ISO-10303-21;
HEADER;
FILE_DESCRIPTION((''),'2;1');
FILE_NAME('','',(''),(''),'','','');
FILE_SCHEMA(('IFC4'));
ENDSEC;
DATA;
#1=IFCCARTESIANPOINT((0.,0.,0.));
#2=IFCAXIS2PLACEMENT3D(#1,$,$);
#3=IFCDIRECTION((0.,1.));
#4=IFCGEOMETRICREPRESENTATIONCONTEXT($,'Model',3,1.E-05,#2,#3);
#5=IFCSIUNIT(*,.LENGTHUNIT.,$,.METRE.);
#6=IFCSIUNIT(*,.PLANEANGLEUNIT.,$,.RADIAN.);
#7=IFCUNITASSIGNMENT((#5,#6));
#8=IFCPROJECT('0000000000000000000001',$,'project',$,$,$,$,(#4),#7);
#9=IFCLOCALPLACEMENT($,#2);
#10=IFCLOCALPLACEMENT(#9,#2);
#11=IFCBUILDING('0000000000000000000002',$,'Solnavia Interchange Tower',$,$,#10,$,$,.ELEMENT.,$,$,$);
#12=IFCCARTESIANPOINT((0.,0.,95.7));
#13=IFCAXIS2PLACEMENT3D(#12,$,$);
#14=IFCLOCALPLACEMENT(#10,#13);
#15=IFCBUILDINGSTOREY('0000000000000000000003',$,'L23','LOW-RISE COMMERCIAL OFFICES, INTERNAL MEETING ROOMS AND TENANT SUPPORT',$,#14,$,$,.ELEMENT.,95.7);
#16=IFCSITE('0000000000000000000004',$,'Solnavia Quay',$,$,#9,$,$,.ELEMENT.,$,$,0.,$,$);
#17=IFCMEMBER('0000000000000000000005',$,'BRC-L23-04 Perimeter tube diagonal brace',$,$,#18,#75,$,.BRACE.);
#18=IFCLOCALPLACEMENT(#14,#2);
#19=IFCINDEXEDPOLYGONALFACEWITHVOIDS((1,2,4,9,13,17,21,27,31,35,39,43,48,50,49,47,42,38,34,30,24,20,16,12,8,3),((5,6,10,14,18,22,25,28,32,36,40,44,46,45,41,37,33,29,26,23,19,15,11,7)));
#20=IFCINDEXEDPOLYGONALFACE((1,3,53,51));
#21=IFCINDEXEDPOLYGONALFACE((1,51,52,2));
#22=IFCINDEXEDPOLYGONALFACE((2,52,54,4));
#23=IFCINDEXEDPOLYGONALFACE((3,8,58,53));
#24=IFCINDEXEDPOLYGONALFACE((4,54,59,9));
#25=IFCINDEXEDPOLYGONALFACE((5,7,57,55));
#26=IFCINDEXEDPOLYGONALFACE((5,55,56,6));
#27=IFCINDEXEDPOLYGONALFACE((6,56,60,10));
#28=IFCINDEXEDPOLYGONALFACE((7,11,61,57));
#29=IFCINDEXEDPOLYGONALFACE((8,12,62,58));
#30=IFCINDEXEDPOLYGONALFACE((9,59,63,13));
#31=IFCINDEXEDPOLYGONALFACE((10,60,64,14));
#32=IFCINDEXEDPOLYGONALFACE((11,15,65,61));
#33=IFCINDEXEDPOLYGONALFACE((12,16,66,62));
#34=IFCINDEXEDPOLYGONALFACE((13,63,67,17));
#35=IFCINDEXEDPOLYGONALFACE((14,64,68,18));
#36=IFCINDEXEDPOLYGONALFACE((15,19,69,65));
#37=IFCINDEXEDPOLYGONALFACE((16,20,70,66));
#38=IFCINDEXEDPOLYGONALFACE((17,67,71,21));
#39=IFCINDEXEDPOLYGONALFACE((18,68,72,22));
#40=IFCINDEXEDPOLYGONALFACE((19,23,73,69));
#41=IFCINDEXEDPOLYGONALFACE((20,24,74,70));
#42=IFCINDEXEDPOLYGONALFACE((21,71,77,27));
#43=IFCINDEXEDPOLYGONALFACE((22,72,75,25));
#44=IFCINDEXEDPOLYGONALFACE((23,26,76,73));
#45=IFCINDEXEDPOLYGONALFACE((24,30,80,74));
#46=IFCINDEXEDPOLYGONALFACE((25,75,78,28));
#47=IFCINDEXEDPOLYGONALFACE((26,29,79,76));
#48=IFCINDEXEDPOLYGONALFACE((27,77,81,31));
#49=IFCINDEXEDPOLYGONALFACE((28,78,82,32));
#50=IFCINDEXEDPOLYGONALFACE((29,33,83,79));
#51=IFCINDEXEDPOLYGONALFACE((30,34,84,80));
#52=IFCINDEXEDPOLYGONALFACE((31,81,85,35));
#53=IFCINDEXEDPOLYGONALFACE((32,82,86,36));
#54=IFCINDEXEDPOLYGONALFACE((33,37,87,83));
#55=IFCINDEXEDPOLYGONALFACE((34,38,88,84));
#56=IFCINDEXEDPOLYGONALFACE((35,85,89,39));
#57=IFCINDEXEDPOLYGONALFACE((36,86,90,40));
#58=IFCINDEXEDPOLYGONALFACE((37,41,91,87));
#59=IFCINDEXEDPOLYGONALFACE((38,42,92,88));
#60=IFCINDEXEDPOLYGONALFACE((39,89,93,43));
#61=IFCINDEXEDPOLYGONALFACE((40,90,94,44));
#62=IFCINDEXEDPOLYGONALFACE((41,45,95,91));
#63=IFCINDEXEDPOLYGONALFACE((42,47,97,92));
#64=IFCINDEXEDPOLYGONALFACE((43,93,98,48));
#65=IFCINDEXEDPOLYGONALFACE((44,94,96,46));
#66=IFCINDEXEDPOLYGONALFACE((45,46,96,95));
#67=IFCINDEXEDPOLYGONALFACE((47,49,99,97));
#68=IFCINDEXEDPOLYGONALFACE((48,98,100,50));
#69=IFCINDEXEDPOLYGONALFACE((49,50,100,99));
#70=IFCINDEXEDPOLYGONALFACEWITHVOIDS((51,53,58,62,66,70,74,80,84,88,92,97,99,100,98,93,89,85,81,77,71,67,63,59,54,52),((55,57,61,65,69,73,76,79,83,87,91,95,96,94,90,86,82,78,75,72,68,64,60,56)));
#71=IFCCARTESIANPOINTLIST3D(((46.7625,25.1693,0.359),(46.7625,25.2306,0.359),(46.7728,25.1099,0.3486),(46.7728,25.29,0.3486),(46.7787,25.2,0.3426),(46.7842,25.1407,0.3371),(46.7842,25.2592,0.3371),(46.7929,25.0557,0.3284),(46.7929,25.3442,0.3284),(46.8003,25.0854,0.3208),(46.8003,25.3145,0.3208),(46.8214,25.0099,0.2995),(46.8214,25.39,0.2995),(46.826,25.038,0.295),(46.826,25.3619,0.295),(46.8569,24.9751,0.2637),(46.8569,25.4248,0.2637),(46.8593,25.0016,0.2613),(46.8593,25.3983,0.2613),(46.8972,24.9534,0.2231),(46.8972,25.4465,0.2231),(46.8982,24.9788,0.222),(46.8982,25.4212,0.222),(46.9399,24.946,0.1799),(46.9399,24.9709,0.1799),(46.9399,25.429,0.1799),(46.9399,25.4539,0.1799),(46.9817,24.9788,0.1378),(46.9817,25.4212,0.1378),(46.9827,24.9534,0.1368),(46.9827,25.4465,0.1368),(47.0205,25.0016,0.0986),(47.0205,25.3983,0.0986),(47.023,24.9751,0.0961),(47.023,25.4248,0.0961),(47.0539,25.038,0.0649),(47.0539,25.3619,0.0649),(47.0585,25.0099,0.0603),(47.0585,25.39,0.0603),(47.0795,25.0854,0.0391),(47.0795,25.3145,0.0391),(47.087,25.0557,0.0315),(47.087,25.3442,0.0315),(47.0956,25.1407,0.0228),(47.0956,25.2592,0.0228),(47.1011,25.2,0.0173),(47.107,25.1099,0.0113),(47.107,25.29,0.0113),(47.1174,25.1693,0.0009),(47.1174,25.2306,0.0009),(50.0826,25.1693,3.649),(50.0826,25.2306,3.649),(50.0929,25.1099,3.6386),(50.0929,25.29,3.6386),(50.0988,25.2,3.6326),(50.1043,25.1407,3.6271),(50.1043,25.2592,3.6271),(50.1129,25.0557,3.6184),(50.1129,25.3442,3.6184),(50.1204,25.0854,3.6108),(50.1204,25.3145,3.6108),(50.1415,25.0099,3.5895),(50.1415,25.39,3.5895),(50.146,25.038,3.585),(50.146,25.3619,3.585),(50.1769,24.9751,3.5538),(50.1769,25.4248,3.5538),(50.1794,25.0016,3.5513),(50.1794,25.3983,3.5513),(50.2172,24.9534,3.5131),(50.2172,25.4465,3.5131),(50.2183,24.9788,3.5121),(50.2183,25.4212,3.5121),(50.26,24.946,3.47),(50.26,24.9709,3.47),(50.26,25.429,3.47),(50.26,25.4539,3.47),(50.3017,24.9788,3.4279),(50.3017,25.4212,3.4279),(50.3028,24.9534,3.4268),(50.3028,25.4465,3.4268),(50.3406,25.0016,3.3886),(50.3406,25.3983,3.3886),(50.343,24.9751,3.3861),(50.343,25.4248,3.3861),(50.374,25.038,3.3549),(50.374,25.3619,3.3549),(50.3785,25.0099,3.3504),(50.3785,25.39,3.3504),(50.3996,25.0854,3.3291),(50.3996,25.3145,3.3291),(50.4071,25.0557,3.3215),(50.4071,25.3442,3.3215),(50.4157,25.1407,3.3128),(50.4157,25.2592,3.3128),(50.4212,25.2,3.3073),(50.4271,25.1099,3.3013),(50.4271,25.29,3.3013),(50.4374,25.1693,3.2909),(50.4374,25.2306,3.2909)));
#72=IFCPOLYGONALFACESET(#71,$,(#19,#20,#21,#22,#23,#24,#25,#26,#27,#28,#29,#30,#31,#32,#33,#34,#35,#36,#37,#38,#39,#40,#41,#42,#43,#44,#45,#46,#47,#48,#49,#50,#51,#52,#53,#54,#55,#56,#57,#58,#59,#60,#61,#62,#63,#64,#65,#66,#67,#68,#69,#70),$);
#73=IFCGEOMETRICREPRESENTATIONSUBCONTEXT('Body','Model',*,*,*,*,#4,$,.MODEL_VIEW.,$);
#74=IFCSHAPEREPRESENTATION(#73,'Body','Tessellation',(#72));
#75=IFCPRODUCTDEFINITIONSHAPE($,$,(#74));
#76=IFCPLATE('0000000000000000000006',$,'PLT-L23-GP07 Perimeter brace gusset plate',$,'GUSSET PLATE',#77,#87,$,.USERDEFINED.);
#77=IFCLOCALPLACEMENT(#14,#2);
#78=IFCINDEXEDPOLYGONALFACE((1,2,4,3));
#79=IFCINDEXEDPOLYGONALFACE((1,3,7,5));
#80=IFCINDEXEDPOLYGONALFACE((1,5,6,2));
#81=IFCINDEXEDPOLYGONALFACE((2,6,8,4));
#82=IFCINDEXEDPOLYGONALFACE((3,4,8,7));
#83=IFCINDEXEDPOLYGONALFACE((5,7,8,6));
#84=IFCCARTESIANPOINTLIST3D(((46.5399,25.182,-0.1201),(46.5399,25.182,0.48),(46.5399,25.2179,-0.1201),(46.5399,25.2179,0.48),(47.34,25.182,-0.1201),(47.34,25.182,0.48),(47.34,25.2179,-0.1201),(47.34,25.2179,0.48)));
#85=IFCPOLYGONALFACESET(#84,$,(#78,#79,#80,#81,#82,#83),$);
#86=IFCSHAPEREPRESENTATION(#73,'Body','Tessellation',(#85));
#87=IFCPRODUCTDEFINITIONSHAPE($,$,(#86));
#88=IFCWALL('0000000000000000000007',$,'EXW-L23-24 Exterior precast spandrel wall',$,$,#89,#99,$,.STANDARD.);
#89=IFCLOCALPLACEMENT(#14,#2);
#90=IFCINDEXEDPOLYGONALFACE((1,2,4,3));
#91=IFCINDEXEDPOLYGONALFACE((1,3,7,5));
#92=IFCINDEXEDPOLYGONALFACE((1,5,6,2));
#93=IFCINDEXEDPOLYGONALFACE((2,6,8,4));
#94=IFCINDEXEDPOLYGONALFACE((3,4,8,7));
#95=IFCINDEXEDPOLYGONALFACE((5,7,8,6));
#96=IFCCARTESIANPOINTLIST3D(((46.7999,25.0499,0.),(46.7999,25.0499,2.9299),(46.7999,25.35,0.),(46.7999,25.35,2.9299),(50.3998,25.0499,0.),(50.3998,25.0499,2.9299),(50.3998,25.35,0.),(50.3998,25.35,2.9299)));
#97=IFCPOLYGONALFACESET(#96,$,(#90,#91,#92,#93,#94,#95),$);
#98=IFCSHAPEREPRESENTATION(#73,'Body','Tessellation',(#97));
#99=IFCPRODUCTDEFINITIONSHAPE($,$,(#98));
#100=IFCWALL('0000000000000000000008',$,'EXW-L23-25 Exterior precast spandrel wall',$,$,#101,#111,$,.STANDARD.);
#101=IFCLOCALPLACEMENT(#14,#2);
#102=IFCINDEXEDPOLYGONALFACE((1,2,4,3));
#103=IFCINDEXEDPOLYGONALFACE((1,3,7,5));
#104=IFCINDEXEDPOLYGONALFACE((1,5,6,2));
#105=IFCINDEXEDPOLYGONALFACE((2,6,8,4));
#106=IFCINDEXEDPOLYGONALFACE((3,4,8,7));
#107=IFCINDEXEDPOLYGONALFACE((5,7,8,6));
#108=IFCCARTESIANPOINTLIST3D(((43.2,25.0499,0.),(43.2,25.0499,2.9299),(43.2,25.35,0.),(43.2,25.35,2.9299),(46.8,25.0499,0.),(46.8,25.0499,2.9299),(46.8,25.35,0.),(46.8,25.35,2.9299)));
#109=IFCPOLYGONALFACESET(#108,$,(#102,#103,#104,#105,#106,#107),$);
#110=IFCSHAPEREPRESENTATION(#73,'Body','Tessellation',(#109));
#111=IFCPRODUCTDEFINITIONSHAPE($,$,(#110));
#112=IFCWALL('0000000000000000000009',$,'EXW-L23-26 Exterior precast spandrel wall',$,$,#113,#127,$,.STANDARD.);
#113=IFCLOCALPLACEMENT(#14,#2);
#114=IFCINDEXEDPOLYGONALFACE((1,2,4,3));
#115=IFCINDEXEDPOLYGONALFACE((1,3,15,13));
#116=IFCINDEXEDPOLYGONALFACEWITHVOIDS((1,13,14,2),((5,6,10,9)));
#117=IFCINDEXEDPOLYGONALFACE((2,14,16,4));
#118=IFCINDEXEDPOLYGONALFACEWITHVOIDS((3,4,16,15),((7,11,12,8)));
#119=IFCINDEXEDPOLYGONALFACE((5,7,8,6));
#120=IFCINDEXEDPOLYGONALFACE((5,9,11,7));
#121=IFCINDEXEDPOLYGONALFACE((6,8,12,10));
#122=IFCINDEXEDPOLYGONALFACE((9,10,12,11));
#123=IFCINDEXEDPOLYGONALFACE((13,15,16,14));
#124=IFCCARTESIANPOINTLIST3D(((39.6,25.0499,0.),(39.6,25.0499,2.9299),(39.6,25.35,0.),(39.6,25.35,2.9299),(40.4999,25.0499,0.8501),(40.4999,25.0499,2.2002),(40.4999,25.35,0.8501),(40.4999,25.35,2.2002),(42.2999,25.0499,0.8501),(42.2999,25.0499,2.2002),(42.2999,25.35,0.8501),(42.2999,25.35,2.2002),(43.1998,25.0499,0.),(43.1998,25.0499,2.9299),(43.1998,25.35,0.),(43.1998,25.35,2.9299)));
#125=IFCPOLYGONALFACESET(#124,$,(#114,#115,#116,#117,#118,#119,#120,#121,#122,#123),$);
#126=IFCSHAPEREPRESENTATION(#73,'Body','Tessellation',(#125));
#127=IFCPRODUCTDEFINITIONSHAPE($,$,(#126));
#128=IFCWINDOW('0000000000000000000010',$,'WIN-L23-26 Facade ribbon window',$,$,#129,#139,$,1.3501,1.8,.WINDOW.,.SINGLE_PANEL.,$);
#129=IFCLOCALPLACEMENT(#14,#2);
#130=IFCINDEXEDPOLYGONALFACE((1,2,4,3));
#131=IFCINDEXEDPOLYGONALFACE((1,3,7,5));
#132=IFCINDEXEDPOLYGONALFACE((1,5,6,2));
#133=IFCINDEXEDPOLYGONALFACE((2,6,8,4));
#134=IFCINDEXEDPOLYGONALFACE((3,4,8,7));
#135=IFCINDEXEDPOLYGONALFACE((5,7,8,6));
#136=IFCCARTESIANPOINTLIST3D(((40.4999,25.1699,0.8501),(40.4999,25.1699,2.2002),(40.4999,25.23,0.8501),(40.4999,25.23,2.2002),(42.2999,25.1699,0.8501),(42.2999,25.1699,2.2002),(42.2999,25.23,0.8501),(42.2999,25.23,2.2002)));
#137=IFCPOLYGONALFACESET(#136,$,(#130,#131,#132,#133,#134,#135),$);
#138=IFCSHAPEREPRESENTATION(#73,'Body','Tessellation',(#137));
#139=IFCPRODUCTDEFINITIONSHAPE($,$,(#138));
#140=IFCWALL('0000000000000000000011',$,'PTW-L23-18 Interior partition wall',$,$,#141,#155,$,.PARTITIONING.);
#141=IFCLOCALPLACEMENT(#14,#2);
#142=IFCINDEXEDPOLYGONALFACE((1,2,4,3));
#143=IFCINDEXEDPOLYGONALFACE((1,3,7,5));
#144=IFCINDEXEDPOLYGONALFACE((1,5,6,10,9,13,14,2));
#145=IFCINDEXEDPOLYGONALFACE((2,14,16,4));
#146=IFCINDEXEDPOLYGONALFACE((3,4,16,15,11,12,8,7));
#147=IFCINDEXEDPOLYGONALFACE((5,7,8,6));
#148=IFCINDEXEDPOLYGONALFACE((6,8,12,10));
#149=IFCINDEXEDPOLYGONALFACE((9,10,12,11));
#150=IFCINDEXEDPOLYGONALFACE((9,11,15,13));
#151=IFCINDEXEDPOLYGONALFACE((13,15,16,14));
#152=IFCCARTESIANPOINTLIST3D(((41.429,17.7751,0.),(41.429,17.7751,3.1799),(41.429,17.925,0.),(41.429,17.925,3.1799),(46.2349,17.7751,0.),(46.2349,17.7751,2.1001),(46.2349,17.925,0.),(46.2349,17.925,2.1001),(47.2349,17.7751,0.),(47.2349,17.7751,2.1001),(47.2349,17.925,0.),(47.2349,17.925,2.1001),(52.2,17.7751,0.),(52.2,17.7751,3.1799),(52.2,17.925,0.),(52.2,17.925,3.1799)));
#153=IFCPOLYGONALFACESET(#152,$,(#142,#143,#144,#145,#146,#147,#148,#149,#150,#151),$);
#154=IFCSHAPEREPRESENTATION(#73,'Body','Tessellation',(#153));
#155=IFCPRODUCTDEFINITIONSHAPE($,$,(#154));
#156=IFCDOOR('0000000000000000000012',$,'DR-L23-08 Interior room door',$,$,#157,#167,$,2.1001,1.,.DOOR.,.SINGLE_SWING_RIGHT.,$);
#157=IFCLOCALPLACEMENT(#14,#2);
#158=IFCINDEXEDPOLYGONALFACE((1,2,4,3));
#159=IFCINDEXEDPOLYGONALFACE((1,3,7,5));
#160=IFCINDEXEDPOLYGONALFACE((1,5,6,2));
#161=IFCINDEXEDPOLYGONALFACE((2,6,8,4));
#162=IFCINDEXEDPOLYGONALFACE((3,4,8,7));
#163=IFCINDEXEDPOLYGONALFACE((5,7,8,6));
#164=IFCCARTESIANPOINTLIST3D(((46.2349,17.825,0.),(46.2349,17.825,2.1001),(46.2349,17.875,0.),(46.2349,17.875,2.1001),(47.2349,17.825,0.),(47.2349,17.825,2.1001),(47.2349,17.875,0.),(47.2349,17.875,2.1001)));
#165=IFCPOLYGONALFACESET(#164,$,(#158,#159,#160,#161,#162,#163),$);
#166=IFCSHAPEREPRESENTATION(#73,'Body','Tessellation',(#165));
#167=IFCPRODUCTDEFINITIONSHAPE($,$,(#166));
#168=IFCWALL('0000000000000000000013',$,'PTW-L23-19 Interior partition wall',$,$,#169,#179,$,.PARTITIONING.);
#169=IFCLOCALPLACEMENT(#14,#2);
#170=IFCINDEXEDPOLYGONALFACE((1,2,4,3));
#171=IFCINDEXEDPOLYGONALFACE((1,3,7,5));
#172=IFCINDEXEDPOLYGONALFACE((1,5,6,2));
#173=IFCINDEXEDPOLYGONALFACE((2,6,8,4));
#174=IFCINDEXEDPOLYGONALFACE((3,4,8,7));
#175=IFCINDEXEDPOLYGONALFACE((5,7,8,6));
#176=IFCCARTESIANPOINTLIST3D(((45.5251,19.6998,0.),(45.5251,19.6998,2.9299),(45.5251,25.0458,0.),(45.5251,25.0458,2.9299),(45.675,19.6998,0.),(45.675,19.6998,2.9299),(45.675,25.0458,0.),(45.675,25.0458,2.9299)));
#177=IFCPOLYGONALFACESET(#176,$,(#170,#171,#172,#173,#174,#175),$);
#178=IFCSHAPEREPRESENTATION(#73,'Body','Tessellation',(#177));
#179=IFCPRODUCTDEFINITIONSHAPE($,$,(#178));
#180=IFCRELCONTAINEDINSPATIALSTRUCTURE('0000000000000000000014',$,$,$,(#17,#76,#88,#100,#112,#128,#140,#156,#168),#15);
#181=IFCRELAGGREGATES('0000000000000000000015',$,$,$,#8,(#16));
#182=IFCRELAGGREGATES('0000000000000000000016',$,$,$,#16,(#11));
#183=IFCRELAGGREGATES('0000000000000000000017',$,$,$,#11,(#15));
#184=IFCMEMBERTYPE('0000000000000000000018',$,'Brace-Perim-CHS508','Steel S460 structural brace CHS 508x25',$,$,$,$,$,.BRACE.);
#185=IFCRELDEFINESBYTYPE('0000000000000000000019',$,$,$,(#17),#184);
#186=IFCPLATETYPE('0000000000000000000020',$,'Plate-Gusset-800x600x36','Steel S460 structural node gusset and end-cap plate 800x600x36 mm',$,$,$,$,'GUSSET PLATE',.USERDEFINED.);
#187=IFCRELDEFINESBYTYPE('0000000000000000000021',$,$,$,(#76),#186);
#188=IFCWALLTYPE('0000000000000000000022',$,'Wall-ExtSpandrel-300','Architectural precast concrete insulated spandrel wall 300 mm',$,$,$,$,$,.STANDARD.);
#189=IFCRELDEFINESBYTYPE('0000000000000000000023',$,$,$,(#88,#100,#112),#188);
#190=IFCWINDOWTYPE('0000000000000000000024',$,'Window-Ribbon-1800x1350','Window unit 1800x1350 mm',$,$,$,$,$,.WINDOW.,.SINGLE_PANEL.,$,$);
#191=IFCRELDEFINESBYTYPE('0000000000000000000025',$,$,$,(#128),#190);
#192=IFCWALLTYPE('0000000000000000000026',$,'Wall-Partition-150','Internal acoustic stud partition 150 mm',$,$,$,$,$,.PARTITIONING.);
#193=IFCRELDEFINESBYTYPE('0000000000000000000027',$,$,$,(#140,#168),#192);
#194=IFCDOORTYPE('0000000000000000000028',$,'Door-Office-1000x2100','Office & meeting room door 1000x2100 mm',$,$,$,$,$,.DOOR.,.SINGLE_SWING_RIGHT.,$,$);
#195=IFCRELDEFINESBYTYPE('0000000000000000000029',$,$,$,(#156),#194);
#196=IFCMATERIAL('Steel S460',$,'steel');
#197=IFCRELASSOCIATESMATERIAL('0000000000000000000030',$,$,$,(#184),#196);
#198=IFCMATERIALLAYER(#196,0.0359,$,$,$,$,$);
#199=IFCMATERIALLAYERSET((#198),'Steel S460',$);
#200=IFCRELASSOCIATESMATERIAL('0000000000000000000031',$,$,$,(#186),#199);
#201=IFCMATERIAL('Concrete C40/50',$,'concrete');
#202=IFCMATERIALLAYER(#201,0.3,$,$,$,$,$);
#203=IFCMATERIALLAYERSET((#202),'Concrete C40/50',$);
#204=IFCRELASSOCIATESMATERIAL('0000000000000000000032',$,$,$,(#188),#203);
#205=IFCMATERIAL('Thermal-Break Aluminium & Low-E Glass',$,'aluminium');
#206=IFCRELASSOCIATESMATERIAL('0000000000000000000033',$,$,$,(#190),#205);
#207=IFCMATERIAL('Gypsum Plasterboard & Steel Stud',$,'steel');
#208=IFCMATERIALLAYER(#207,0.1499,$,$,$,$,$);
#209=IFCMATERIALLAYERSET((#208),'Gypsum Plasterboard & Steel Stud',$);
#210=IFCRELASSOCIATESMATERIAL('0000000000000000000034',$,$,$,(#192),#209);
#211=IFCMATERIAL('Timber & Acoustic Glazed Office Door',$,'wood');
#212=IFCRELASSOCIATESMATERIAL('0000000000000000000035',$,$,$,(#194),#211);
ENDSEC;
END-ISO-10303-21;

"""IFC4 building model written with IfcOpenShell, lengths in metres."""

from ifc_helpers import new_model, si_unit, direction, frame, frame_2d, origin, origin_2d, place, context, subcontext, project, spatial, rectangle, hollow_circle, extrude, material, layer, layer_set, material_profile, profile_set, type_object, element, fill, save


model = new_model("IFC4")

# Units and contexts
model_context = context("Model", 3, precision=1e-05, world=origin(), true_north=direction((0.0, 1.0)))
body_context = subcontext(model_context, "Body", "Model", "MODEL_VIEW")
ifc_project = project(units=[si_unit("LENGTHUNIT", "METRE"), si_unit("PLANEANGLEUNIT", "RADIAN")], contexts=[model_context])

# Site, building, storey
site_placement = place(None, origin())
site = spatial("IfcSite", under=ifc_project, at=site_placement, Name="Solnavia Quay", CompositionType="ELEMENT", RefElevation=0.0)
building_placement = place(site_placement, origin())
building = spatial("IfcBuilding", under=site, at=building_placement, Name="Solnavia Interchange Tower", CompositionType="ELEMENT")
storey_placement = place(building_placement, frame((0.0, 0.0, 95.7)))
storey = spatial("IfcBuildingStorey", under=building, at=storey_placement, Name="L23", Description="LOW-RISE COMMERCIAL OFFICES, INTERNAL MEETING ROOMS AND TENANT SUPPORT", CompositionType="ELEMENT", Elevation=95.7)

# Member
ifc_material_1 = material(Name="Steel S460", Category="steel")
ifc_material_profile_1 = material_profile(ifc_material_1, hollow_circle(Radius=0.2539, WallThickness=0.0249, at=origin_2d()), Name="CHS 508x25")
ifc_profile_set_1 = profile_set([ifc_material_profile_1], Name="Steel S460")
member_type = type_object("IfcMemberType", Name="Brace-Perim-CHS508", Description="Steel S460 structural brace CHS 508x25", PredefinedType="BRACE", material=ifc_profile_set_1)
member_placement = place(storey_placement, frame((46.9399, 25.2, 0.1799), z_axis=(0.710312, 0.0, 0.703887), x_axis=(0.0, 1.0, 0.0)))
element("IfcMember", 1, at=member_placement, inside=storey, type_object=member_type, Name="BRC-L23-04 Perimeter tube diagonal brace", PredefinedType="BRACE", context=body_context, shape_type="SweptSolid", body=[
    extrude(hollow_circle(Radius=0.2539, WallThickness=0.0249, at=origin_2d()), origin(), (0.0, 0.0, 1.0), 4.6741),
])

# Plate
ifc_layer_1 = layer(ifc_material_1, 0.0359)
ifc_layer_set_1 = layer_set([ifc_layer_1], Name="Steel S460")
plate_type = type_object("IfcPlateType", Name="Plate-Gusset-800x600x36", Description="Steel S460 structural node gusset and end-cap plate 800x600x36 mm", ElementType="GUSSET PLATE", PredefinedType="USERDEFINED", material=ifc_layer_set_1)
plate_placement = place(storey_placement, frame((46.9399, 25.2, -0.1201), z_axis=(0.0, 0.0, 1.0), x_axis=(1.0, 0.0, 0.0)))
element("IfcPlate", 2, at=plate_placement, inside=storey, type_object=plate_type, Name="PLT-L23-GP07 Perimeter brace gusset plate", ObjectType="GUSSET PLATE", PredefinedType="USERDEFINED", context=body_context, shape_type="SweptSolid", body=[
    extrude(rectangle(XDim=0.8, YDim=0.0359, at=origin_2d()), origin(), (0.0, 0.0, 1.0), 0.6001),
])

# Walls
ifc_material_2 = material(Name="Concrete C40/50", Category="concrete")
ifc_layer_2 = layer(ifc_material_2, 0.3)
ifc_layer_set_2 = layer_set([ifc_layer_2], Name="Concrete C40/50")
wall_type_1 = type_object("IfcWallType", Name="Wall-ExtSpandrel-300", Description="Architectural precast concrete insulated spandrel wall 300 mm", PredefinedType="STANDARD", material=ifc_layer_set_2)
wall_1_placement = place(storey_placement, frame((46.8, 25.2, 0.0), z_axis=(0.0, 0.0, 1.0), x_axis=(1.0, 0.0, 0.0)))
element("IfcWall", 3, at=wall_1_placement, inside=storey, type_object=wall_type_1, Name="EXW-L23-24 Exterior precast spandrel wall", PredefinedType="STANDARD", context=body_context, shape_type="SweptSolid", body=[
    extrude(rectangle(XDim=3.5999, YDim=0.3, at=frame_2d((1.7998, 0.0))), origin(), (0.0, 0.0, 1.0), 2.9299),
])
wall_2_placement = place(storey_placement, frame((43.2, 25.2, 0.0), z_axis=(0.0, 0.0, 1.0), x_axis=(1.0, 0.0, 0.0)))
element("IfcWall", 4, at=wall_2_placement, inside=storey, type_object=wall_type_1, Name="EXW-L23-25 Exterior precast spandrel wall", PredefinedType="STANDARD", context=body_context, shape_type="SweptSolid", body=[
    extrude(rectangle(XDim=3.6001, YDim=0.3, at=frame_2d((1.8, 0.0))), origin(), (0.0, 0.0, 1.0), 2.9299),
])

# Wall, opening, window
wall_3_placement = place(storey_placement, frame((39.6001, 25.2, 0.0), z_axis=(0.0, 0.0, 1.0), x_axis=(1.0, 0.0, 0.0)))
wall_3 = element("IfcWall", 5, at=wall_3_placement, inside=storey, type_object=wall_type_1, Name="EXW-L23-26 Exterior precast spandrel wall", PredefinedType="STANDARD", context=body_context, shape_type="SweptSolid", body=[
    extrude(rectangle(XDim=3.5999, YDim=0.3, at=frame_2d((1.7998, 0.0))), origin(), (0.0, 0.0, 1.0), 2.9299),
])
opening_1_placement = place(wall_3_placement, frame((0.8999, 0.0, 0.8501)))
opening_1 = element("IfcOpeningElement", 6, at=opening_1_placement, cuts=wall_3, PredefinedType="OPENING", context=body_context, shape_type="SweptSolid", body=[
    extrude(rectangle(XDim=1.8, YDim=1.3501, at=frame_2d((0.8999, 0.675))), frame((0.0, 0.1602, 0.0), z_axis=(0.0, -1.0, 0.0), x_axis=(1.0, 0.0, 0.0)), (0.0, 0.0, 1.0), 0.3201),
])
ifc_material_3 = material(Name="Thermal-Break Aluminium & Low-E Glass", Category="aluminium")
window_type = type_object("IfcWindowType", Name="Window-Ribbon-1800x1350", Description="Window unit 1800x1350 mm", PartitioningType="SINGLE_PANEL", PredefinedType="WINDOW", material=ifc_material_3)
window_placement = place(opening_1_placement, origin())
window = element("IfcWindow", 7, at=window_placement, inside=storey, type_object=window_type, Name="WIN-L23-26 Facade ribbon window", OverallHeight=1.3501, OverallWidth=1.8, PartitioningType="SINGLE_PANEL", PredefinedType="WINDOW", context=body_context, shape_type="SweptSolid", body=[
    extrude(rectangle(XDim=1.8, YDim=1.3501, at=frame_2d((0.8999, 0.675))), frame((0.0, 0.03, 0.0), z_axis=(0.0, -1.0, 0.0), x_axis=(1.0, 0.0, 0.0)), (0.0, 0.0, 1.0), 0.0601),
])
fill(opening_1, window)

# Wall, opening, door
ifc_material_4 = material(Name="Gypsum Plasterboard & Steel Stud", Category="steel")
ifc_layer_3 = layer(ifc_material_4, 0.1499)
ifc_layer_set_3 = layer_set([ifc_layer_3], Name="Gypsum Plasterboard & Steel Stud")
wall_type_2 = type_object("IfcWallType", Name="Wall-Partition-150", Description="Internal acoustic stud partition 150 mm", PredefinedType="PARTITIONING", material=ifc_layer_set_3)
wall_4_placement = place(storey_placement, frame((41.429, 17.8501, 0.0), z_axis=(0.0, 0.0, 1.0), x_axis=(1.0, 0.0, 0.0)))
wall_4 = element("IfcWall", 8, at=wall_4_placement, inside=storey, type_object=wall_type_2, Name="PTW-L23-18 Interior partition wall", PredefinedType="PARTITIONING", context=body_context, shape_type="SweptSolid", body=[
    extrude(rectangle(XDim=10.771, YDim=0.1499, at=frame_2d((5.3855, 0.0))), origin(), (0.0, 0.0, 1.0), 3.1799),
])
opening_2_placement = place(wall_4_placement, frame((4.8059, 0.0, 0.0)))
opening_2 = element("IfcOpeningElement", 9, at=opening_2_placement, cuts=wall_4, PredefinedType="OPENING", context=body_context, shape_type="SweptSolid", body=[
    extrude(rectangle(XDim=1.0, YDim=2.1001, at=frame_2d((0.5, 1.05))), frame((0.0, 0.085, 0.0), z_axis=(0.0, -1.0, 0.0), x_axis=(1.0, 0.0, 0.0)), (0.0, 0.0, 1.0), 0.1699),
])
ifc_material_5 = material(Name="Timber & Acoustic Glazed Office Door", Category="wood")
door_type = type_object("IfcDoorType", Name="Door-Office-1000x2100", Description="Office & meeting room door 1000x2100 mm", OperationType="SINGLE_SWING_RIGHT", PredefinedType="DOOR", material=ifc_material_5)
door_1_placement = place(opening_2_placement, origin())
door_1 = element("IfcDoor", 10, at=door_1_placement, inside=storey, type_object=door_type, Name="DR-L23-08 Interior room door", OperationType="SINGLE_SWING_RIGHT", OverallHeight=2.1001, OverallWidth=1.0, PredefinedType="DOOR", context=body_context, shape_type="SweptSolid", body=[
    extrude(rectangle(XDim=1.0, YDim=2.1001, at=frame_2d((0.5, 1.05))), frame((0.0, 0.0249, 0.0), z_axis=(0.0, -1.0, 0.0), x_axis=(1.0, 0.0, 0.0)), (0.0, 0.0, 1.0), 0.05),
])
fill(opening_2, door_1)

# Wall
wall_5_placement = place(storey_placement, frame((45.6001, 19.7, 0.0), z_axis=(0.0, 0.0, 1.0), x_axis=(0.0, 1.0, 0.0)))
element("IfcWall", 11, at=wall_5_placement, inside=storey, type_object=wall_type_2, Name="PTW-L23-19 Interior partition wall", PredefinedType="PARTITIONING", context=body_context, shape_type="SweptSolid", body=[
    extrude(rectangle(XDim=5.3459, YDim=0.1499, at=frame_2d((2.6729, 0.0))), origin(), (0.0, 0.0, 1.0), 2.9299),
])

save(model, "model.ifc")
